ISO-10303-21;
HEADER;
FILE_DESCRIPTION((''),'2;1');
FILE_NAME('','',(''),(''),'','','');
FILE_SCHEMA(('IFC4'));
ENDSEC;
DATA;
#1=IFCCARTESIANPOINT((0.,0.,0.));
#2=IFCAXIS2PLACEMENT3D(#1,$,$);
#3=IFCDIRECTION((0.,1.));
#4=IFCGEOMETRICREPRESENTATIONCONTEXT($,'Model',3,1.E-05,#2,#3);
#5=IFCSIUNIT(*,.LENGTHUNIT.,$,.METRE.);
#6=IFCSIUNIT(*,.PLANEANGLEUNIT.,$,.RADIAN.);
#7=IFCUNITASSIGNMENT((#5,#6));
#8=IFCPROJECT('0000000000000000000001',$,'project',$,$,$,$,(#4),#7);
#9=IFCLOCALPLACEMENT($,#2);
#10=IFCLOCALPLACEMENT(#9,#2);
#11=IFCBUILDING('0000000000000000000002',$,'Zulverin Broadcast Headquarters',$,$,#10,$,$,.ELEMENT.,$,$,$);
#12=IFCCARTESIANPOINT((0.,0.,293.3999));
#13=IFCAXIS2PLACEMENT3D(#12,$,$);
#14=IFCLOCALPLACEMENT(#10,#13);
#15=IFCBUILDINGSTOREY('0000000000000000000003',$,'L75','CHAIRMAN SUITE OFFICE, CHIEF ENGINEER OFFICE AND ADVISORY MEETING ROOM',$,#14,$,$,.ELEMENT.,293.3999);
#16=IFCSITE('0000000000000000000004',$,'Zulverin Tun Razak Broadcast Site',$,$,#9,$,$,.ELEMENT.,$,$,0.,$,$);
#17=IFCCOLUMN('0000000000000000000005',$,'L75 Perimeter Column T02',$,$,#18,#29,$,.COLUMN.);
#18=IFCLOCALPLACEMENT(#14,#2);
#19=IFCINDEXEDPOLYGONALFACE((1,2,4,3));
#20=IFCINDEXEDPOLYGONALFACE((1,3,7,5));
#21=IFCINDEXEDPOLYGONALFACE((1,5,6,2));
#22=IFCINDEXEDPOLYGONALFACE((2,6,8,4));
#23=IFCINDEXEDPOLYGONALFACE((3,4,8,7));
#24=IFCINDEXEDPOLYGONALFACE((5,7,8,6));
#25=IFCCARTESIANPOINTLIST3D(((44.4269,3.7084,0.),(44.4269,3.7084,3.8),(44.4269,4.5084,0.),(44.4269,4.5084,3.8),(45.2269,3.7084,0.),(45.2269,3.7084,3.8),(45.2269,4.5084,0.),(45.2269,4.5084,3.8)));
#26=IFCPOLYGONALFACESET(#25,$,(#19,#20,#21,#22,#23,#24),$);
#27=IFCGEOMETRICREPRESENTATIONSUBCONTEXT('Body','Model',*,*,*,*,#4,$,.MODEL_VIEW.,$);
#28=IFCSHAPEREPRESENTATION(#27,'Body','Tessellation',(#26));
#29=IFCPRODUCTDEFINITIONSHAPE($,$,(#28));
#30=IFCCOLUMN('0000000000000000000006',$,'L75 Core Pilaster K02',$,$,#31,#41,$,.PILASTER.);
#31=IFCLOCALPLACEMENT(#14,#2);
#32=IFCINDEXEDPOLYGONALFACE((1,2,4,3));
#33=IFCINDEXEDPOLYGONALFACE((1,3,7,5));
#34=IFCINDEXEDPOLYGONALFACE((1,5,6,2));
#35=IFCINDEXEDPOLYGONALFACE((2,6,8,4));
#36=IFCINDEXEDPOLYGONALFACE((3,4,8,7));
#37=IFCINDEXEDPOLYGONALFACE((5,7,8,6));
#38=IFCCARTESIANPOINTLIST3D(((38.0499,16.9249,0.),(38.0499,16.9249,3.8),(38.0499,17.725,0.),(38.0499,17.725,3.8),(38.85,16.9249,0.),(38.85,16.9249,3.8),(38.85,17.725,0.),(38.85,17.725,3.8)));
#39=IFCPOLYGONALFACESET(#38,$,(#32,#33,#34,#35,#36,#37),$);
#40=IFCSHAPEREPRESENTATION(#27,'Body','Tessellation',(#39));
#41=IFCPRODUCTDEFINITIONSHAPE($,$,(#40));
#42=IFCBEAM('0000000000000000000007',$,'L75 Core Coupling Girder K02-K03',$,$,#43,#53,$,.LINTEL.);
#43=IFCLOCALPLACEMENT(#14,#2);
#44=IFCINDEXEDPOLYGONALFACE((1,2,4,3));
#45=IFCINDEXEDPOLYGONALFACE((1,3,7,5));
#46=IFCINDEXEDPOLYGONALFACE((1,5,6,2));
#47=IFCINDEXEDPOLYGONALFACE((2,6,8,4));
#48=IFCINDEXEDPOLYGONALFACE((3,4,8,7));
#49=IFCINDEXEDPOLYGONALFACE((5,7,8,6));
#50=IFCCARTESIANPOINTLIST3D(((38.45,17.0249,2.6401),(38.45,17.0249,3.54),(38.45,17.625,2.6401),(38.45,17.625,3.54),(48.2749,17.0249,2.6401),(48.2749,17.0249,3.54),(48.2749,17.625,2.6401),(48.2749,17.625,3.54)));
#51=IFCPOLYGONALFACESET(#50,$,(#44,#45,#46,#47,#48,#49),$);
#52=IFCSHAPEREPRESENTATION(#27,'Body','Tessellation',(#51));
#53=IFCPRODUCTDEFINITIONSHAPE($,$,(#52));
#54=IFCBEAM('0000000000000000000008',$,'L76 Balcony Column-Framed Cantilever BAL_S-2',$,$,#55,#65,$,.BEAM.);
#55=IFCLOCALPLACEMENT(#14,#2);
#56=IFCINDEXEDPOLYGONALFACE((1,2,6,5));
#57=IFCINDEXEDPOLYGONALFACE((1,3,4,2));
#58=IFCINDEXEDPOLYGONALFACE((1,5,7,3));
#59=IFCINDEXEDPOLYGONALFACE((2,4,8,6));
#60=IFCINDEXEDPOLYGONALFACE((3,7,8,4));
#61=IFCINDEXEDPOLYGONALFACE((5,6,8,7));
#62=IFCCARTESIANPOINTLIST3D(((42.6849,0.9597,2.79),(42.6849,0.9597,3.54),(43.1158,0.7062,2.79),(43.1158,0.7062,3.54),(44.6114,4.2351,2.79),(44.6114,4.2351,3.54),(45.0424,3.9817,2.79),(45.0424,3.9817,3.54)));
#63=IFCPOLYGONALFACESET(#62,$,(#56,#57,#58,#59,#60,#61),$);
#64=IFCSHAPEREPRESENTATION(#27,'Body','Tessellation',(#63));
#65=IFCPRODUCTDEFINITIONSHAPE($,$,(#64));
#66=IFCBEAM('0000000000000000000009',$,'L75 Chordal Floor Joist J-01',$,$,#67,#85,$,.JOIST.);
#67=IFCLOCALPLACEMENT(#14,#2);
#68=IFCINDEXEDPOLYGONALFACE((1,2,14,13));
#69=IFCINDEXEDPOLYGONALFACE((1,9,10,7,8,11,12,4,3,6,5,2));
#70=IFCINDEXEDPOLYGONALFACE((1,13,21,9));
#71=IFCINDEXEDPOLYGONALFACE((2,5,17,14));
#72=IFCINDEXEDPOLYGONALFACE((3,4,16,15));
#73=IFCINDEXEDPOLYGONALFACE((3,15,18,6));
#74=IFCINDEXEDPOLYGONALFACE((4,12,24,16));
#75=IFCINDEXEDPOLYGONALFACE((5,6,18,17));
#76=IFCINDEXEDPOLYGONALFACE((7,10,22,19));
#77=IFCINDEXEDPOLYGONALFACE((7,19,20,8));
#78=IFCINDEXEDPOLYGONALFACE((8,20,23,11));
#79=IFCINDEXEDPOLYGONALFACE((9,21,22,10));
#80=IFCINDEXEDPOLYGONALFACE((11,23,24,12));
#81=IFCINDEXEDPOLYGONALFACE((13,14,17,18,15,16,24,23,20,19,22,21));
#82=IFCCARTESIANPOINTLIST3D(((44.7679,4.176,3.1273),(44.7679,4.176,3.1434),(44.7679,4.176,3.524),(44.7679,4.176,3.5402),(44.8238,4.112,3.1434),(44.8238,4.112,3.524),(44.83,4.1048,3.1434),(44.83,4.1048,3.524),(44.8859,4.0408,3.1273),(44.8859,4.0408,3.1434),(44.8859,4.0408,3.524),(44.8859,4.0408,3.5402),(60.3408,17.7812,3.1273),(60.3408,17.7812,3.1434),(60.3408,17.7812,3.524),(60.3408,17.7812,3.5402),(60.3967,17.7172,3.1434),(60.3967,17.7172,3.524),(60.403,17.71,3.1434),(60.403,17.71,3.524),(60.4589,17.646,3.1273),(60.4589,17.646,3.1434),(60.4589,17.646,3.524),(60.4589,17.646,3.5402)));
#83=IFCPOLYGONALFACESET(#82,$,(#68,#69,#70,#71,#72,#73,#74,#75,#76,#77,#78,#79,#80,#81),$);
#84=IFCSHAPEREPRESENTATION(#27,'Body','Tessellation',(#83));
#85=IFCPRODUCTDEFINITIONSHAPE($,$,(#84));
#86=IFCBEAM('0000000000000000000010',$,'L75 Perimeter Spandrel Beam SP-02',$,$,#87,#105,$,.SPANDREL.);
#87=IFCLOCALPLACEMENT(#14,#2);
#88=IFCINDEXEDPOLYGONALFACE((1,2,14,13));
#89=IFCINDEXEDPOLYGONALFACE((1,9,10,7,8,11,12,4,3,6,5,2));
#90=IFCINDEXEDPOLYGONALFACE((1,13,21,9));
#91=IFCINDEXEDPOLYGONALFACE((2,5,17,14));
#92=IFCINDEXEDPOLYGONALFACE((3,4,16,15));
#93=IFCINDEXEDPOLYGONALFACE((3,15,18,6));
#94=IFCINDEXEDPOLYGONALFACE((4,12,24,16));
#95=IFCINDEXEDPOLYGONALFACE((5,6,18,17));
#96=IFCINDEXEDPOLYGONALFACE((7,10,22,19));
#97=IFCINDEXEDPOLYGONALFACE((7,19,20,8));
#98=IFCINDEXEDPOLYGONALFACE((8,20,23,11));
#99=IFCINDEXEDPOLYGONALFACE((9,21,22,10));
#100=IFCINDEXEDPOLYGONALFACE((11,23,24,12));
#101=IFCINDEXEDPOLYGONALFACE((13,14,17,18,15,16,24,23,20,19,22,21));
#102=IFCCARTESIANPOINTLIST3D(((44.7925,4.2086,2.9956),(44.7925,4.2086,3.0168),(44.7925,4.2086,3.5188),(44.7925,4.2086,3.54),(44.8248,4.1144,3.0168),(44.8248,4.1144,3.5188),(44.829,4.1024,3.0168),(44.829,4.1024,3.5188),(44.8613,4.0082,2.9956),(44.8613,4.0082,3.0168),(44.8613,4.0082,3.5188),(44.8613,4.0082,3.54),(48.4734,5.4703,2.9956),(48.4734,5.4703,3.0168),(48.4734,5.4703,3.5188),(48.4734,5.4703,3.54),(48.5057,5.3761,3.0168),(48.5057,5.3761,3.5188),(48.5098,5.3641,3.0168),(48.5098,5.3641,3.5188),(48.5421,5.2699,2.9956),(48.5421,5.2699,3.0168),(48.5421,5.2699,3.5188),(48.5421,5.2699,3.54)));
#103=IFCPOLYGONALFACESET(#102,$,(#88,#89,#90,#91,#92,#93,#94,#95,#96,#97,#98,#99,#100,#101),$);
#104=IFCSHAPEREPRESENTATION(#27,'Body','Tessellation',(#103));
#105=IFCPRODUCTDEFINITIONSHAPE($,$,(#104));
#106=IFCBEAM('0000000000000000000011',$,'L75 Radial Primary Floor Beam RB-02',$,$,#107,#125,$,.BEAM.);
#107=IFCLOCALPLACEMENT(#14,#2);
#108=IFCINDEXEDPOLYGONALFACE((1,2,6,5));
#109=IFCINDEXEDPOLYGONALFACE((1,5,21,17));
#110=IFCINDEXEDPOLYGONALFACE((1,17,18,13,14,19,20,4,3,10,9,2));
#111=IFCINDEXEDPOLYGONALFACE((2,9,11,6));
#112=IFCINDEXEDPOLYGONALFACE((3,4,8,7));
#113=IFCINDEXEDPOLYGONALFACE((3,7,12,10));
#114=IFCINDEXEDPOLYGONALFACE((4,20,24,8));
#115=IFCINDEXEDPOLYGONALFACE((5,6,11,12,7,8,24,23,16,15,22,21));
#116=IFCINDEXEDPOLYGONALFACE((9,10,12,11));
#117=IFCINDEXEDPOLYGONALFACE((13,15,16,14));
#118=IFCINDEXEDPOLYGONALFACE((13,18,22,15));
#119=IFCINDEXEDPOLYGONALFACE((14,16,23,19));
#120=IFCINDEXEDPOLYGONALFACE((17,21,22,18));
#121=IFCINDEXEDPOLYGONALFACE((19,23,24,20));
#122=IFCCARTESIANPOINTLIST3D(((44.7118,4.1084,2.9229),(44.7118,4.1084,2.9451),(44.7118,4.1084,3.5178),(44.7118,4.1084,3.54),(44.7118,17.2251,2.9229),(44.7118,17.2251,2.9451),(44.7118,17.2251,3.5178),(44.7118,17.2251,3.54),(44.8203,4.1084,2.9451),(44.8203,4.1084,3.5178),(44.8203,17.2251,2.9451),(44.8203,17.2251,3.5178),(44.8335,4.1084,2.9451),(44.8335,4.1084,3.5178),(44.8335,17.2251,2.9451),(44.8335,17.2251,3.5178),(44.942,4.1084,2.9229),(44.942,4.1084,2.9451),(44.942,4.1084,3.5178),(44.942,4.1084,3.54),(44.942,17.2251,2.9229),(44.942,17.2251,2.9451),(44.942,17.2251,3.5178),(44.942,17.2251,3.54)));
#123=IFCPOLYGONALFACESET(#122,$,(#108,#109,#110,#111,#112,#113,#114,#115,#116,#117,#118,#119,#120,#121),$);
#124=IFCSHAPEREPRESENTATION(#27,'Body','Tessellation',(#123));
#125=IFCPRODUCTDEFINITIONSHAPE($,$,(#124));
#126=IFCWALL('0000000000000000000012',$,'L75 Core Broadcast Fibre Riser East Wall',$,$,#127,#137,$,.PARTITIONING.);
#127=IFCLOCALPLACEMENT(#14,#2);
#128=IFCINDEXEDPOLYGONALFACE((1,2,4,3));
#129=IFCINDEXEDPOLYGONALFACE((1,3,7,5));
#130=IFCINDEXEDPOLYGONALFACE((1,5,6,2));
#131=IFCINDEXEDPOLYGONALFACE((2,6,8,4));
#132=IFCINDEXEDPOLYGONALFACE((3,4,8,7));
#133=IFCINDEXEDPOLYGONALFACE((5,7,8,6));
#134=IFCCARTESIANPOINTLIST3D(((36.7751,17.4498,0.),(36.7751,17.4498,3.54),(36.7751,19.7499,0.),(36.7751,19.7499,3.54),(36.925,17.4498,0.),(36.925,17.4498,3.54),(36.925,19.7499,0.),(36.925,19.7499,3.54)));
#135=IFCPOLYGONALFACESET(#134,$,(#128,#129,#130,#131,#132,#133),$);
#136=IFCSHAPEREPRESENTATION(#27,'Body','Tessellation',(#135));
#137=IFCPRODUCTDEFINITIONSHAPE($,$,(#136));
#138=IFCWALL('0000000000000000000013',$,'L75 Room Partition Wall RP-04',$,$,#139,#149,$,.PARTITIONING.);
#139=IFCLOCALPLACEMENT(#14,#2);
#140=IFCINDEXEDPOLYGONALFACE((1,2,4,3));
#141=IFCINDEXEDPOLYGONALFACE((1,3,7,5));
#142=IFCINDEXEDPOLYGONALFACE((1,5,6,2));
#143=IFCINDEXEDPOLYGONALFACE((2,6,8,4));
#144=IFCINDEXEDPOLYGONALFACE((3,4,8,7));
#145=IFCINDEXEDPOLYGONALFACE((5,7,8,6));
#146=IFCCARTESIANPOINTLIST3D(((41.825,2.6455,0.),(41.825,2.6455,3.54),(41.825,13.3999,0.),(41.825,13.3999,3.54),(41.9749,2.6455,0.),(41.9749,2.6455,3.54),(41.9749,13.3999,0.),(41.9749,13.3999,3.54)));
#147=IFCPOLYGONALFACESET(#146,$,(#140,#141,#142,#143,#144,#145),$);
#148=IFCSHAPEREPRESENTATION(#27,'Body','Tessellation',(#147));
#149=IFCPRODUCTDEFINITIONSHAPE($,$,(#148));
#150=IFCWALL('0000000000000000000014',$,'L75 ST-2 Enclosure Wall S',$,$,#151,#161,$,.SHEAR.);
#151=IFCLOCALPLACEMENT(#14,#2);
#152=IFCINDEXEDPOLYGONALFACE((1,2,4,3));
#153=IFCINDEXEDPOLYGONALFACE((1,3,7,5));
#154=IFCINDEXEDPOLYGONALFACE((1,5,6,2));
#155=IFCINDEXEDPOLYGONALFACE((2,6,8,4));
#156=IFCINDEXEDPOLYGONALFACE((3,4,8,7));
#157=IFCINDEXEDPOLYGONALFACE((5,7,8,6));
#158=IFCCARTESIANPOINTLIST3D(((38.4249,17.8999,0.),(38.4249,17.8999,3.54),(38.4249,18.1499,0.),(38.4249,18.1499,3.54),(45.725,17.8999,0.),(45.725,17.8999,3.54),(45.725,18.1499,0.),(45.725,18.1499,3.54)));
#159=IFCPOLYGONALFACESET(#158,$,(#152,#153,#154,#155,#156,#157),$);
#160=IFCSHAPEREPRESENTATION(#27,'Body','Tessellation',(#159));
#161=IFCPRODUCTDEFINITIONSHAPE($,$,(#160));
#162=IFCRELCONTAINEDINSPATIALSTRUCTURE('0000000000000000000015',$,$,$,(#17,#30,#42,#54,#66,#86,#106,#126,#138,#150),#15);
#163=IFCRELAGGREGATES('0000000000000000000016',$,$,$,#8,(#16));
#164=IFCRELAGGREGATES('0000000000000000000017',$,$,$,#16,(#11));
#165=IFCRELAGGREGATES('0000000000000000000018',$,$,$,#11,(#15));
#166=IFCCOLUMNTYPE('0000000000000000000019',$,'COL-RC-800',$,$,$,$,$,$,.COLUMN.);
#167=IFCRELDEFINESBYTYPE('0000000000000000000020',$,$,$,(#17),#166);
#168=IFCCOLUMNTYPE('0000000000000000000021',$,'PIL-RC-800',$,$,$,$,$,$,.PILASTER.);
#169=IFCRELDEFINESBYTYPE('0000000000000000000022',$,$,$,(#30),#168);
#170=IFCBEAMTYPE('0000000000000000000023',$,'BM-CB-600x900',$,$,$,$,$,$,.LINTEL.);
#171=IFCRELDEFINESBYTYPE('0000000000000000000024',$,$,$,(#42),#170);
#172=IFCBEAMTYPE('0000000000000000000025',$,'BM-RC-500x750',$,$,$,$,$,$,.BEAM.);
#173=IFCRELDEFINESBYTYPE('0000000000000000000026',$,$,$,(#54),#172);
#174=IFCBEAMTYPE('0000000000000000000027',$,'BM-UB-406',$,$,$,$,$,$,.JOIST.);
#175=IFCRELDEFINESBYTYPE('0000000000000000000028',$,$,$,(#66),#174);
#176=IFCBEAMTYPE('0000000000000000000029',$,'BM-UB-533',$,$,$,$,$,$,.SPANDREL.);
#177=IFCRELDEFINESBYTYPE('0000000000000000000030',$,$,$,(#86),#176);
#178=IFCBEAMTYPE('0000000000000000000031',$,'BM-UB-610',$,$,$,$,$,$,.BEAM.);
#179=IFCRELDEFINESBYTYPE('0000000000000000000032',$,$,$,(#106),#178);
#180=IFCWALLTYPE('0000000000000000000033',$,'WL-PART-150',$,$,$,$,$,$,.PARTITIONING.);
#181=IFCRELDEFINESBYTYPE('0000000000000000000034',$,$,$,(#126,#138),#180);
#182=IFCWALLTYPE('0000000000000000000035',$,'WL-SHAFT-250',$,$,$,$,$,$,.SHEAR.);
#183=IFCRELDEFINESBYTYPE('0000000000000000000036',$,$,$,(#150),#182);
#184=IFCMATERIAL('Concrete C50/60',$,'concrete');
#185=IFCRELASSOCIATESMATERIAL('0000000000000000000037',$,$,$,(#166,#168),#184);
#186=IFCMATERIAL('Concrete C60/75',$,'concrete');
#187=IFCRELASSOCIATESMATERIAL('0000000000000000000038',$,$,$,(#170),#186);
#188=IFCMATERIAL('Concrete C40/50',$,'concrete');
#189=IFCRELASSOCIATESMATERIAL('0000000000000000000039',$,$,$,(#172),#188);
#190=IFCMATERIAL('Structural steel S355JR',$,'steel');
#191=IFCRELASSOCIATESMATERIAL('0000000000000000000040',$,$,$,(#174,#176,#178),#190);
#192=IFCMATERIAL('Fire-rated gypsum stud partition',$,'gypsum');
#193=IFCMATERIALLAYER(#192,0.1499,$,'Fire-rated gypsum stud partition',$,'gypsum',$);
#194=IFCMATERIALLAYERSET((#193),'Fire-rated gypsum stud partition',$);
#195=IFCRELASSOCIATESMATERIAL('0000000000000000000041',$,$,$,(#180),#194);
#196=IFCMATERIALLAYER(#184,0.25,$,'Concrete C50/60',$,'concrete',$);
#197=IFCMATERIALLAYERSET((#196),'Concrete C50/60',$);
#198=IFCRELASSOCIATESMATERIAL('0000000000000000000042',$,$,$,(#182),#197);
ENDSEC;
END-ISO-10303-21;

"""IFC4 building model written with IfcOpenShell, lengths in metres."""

from ifc_helpers import new_model, si_unit, direction, frame, frame_2d, origin, origin_2d, place, context, subcontext, project, spatial, rectangle, i_section, extrude, material, layer, layer_set, material_profile, profile_set, type_object, element, save


model = new_model("IFC4")

# Units and contexts
model_context = context("Model", 3, precision=1e-05, world=origin(), true_north=direction((0.0, 1.0)))
body_context = subcontext(model_context, "Body", "Model", "MODEL_VIEW")
ifc_project = project(units=[si_unit("LENGTHUNIT", "METRE"), si_unit("PLANEANGLEUNIT", "RADIAN")], contexts=[model_context])

# Site, building, storey
site_placement = place(None, origin())
site = spatial("IfcSite", under=ifc_project, at=site_placement, Name="Zulverin Tun Razak Broadcast Site", CompositionType="ELEMENT", RefElevation=0.0)
building_placement = place(site_placement, origin())
building = spatial("IfcBuilding", under=site, at=building_placement, Name="Zulverin Broadcast Headquarters", CompositionType="ELEMENT")
storey_placement = place(building_placement, frame((0.0, 0.0, 293.3999)))
storey = spatial("IfcBuildingStorey", under=building, at=storey_placement, Name="L75", Description="CHAIRMAN SUITE OFFICE, CHIEF ENGINEER OFFICE AND ADVISORY MEETING ROOM", CompositionType="ELEMENT", Elevation=293.3999)

# Columns
ifc_material_1 = material(Name="Concrete C50/60", Category="concrete")
ifc_material_profile_1 = material_profile(ifc_material_1, rectangle(XDim=0.8, YDim=0.8, at=origin_2d()), Name="Concrete C50/60", Category="concrete")
ifc_profile_set_1 = profile_set([ifc_material_profile_1], Name="Concrete C50/60")
column_type_1 = type_object("IfcColumnType", Name="COL-RC-800", PredefinedType="COLUMN", material=ifc_profile_set_1)
column_1_placement = place(storey_placement, frame((44.8269, 4.1084, 0.0), z_axis=(0.0, 0.0, 1.0), x_axis=(1.0, 0.0, 0.0)))
element("IfcColumn", 1, at=column_1_placement, inside=storey, type_object=column_type_1, Name="L75 Perimeter Column T02", PredefinedType="COLUMN", context=body_context, shape_type="SweptSolid", body=[
    extrude(rectangle(XDim=0.8, YDim=0.8, at=origin_2d()), origin(), (0.0, 0.0, 1.0), 3.8),
])
ifc_material_profile_2 = material_profile(ifc_material_1, rectangle(XDim=0.8, YDim=0.8, at=origin_2d()), Name="Concrete C50/60", Category="concrete")
ifc_profile_set_2 = profile_set([ifc_material_profile_2], Name="Concrete C50/60")
column_type_2 = type_object("IfcColumnType", Name="PIL-RC-800", PredefinedType="PILASTER", material=ifc_profile_set_2)
column_2_placement = place(storey_placement, frame((38.45, 17.325, 0.0), z_axis=(0.0, 0.0, 1.0), x_axis=(1.0, 0.0, 0.0)))
element("IfcColumn", 2, at=column_2_placement, inside=storey, type_object=column_type_2, Name="L75 Core Pilaster K02", PredefinedType="PILASTER", context=body_context, shape_type="SweptSolid", body=[
    extrude(rectangle(XDim=0.8, YDim=0.8, at=origin_2d()), origin(), (0.0, 0.0, 1.0), 3.8),
])

# Beams
ifc_material_2 = material(Name="Concrete C60/75", Category="concrete")
ifc_material_profile_3 = material_profile(ifc_material_2, rectangle(XDim=0.6001, YDim=0.8999, at=origin_2d()), Name="Concrete C60/75", Category="concrete")
ifc_profile_set_3 = profile_set([ifc_material_profile_3], Name="Concrete C60/75")
beam_type_1 = type_object("IfcBeamType", Name="BM-CB-600x900", PredefinedType="LINTEL", material=ifc_profile_set_3)
beam_1_placement = place(storey_placement, frame((38.45, 17.325, 3.0901), z_axis=(1.0, 0.0, 0.0), x_axis=(0.0, 1.0, 0.0)))
element("IfcBeam", 3, at=beam_1_placement, inside=storey, type_object=beam_type_1, Name="L75 Core Coupling Girder K02-K03", PredefinedType="LINTEL", context=body_context, shape_type="SweptSolid", body=[
    extrude(rectangle(XDim=0.6001, YDim=0.8999, at=origin_2d()), origin(), (0.0, 0.0, 1.0), 9.825),
])
ifc_material_3 = material(Name="Concrete C40/50", Category="concrete")
ifc_material_profile_4 = material_profile(ifc_material_3, rectangle(XDim=0.5, YDim=0.75, at=origin_2d()), Name="Concrete C40/50", Category="concrete")
ifc_profile_set_4 = profile_set([ifc_material_profile_4], Name="Concrete C40/50")
beam_type_2 = type_object("IfcBeamType", Name="BM-RC-500x750", PredefinedType="BEAM", material=ifc_profile_set_4)
beam_2_placement = place(storey_placement, frame((44.8269, 4.1084, 3.165), z_axis=(-0.506984, -0.861956, 0.0), x_axis=(0.861956, -0.506984, 0.0)))
element("IfcBeam", 4, at=beam_2_placement, inside=storey, type_object=beam_type_2, Name="L76 Balcony Column-Framed Cantilever BAL_S-2", PredefinedType="BEAM", context=body_context, shape_type="SweptSolid", body=[
    extrude(rectangle(XDim=0.5, YDim=0.75, at=origin_2d()), origin(), (0.0, 0.0, 1.0), 3.8),
])
ifc_material_4 = material(Name="Structural steel S355JR", Category="steel")
ifc_material_profile_5 = material_profile(ifc_material_4, i_section(OverallWidth=0.1794, OverallDepth=0.4128, WebThickness=0.0095, FlangeThickness=0.0161, at=origin_2d()), Name="Structural steel S355JR", Category="steel")
ifc_profile_set_5 = profile_set([ifc_material_profile_5], Name="Structural steel S355JR")
beam_type_3 = type_object("IfcBeamType", Name="BM-UB-406", PredefinedType="JOIST", material=ifc_profile_set_5)
beam_3_placement = place(storey_placement, frame((44.8269, 4.1084, 3.3337), z_axis=(0.753083, 0.657925, 0.0), x_axis=(-0.657925, 0.753083, 0.0)))
element("IfcBeam", 5, at=beam_3_placement, inside=storey, type_object=beam_type_3, Name="L75 Chordal Floor Joist J-01", PredefinedType="JOIST", context=body_context, shape_type="SweptSolid", body=[
    extrude(i_section(OverallWidth=0.1794, OverallDepth=0.4128, WebThickness=0.0095, FlangeThickness=0.0161, at=origin_2d()), origin(), (0.0, 0.0, 1.0), 20.679),
])
ifc_material_profile_6 = material_profile(ifc_material_4, i_section(OverallWidth=0.2119, OverallDepth=0.5444, WebThickness=0.0127, FlangeThickness=0.0212, at=origin_2d()), Name="Structural steel S355JR", Category="steel")
ifc_profile_set_6 = profile_set([ifc_material_profile_6], Name="Structural steel S355JR")
beam_type_4 = type_object("IfcBeamType", Name="BM-UB-533", PredefinedType="SPANDREL", material=ifc_profile_set_6)
beam_4_placement = place(storey_placement, frame((44.8269, 4.1084, 3.2678), z_axis=(0.94597, 0.324254, 0.0), x_axis=(-0.324254, 0.94597, 0.0)))
element("IfcBeam", 6, at=beam_4_placement, inside=storey, type_object=beam_type_4, Name="L75 Perimeter Spandrel Beam SP-02", PredefinedType="SPANDREL", context=body_context, shape_type="SweptSolid", body=[
    extrude(i_section(OverallWidth=0.2119, OverallDepth=0.5444, WebThickness=0.0127, FlangeThickness=0.0212, at=origin_2d()), origin(), (0.0, 0.0, 1.0), 3.8911),
])
ifc_material_profile_7 = material_profile(ifc_material_4, i_section(OverallWidth=0.2302, OverallDepth=0.6172, WebThickness=0.0132, FlangeThickness=0.0222, at=origin_2d()), Name="Structural steel S355JR", Category="steel")
ifc_profile_set_7 = profile_set([ifc_material_profile_7], Name="Structural steel S355JR")
beam_type_5 = type_object("IfcBeamType", Name="BM-UB-610", PredefinedType="BEAM", material=ifc_profile_set_7)
beam_5_placement = place(storey_placement, frame((44.8269, 17.2251, 3.2314), z_axis=(0.0, -1.0, 0.0), x_axis=(1.0, 0.0, 0.0)))
element("IfcBeam", 7, at=beam_5_placement, inside=storey, type_object=beam_type_5, Name="L75 Radial Primary Floor Beam RB-02", PredefinedType="BEAM", context=body_context, shape_type="SweptSolid", body=[
    extrude(i_section(OverallWidth=0.2302, OverallDepth=0.6172, WebThickness=0.0132, FlangeThickness=0.0222, at=origin_2d()), origin(), (0.0, 0.0, 1.0), 13.1167),
])

# Walls
ifc_material_5 = material(Name="Fire-rated gypsum stud partition", Category="gypsum")
ifc_layer_1 = layer(ifc_material_5, 0.1499, Name="Fire-rated gypsum stud partition", Category="gypsum")
ifc_layer_set_1 = layer_set([ifc_layer_1], Name="Fire-rated gypsum stud partition")
wall_type_1 = type_object("IfcWallType", Name="WL-PART-150", PredefinedType="PARTITIONING", material=ifc_layer_set_1)
wall_1_placement = place(storey_placement, frame((36.8501, 17.45, 0.0), z_axis=(0.0, 0.0, 1.0), x_axis=(0.0, 1.0, 0.0)))
element("IfcWall", 8, at=wall_1_placement, inside=storey, type_object=wall_type_1, Name="L75 Core Broadcast Fibre Riser East Wall", PredefinedType="PARTITIONING", context=body_context, shape_type="SweptSolid", body=[
    extrude(rectangle(XDim=2.3, YDim=0.1499, at=frame_2d((1.1499, 0.0))), origin(), (0.0, 0.0, 1.0), 3.54),
])
wall_2_placement = place(storey_placement, frame((41.8999, 2.6455, 0.0), z_axis=(0.0, 0.0, 1.0), x_axis=(0.0, 1.0, 0.0)))
element("IfcWall", 9, at=wall_2_placement, inside=storey, type_object=wall_type_1, Name="L75 Room Partition Wall RP-04", PredefinedType="PARTITIONING", context=body_context, shape_type="SweptSolid", body=[
    extrude(rectangle(XDim=10.7544, YDim=0.1499, at=frame_2d((5.3772, 0.0))), origin(), (0.0, 0.0, 1.0), 3.54),
])
ifc_layer_2 = layer(ifc_material_1, 0.25, Name="Concrete C50/60", Category="concrete")
ifc_layer_set_2 = layer_set([ifc_layer_2], Name="Concrete C50/60")
wall_type_2 = type_object("IfcWallType", Name="WL-SHAFT-250", PredefinedType="SHEAR", material=ifc_layer_set_2)
wall_3_placement = place(storey_placement, frame((38.425, 18.0249, 0.0), z_axis=(0.0, 0.0, 1.0), x_axis=(1.0, 0.0, 0.0)))
element("IfcWall", 10, at=wall_3_placement, inside=storey, type_object=wall_type_2, Name="L75 ST-2 Enclosure Wall S", PredefinedType="SHEAR", context=body_context, shape_type="SweptSolid", body=[
    extrude(rectangle(XDim=7.3, YDim=0.25, at=frame_2d((3.6499, 0.0))), origin(), (0.0, 0.0, 1.0), 3.54),
])

save(model, "model.ifc")
